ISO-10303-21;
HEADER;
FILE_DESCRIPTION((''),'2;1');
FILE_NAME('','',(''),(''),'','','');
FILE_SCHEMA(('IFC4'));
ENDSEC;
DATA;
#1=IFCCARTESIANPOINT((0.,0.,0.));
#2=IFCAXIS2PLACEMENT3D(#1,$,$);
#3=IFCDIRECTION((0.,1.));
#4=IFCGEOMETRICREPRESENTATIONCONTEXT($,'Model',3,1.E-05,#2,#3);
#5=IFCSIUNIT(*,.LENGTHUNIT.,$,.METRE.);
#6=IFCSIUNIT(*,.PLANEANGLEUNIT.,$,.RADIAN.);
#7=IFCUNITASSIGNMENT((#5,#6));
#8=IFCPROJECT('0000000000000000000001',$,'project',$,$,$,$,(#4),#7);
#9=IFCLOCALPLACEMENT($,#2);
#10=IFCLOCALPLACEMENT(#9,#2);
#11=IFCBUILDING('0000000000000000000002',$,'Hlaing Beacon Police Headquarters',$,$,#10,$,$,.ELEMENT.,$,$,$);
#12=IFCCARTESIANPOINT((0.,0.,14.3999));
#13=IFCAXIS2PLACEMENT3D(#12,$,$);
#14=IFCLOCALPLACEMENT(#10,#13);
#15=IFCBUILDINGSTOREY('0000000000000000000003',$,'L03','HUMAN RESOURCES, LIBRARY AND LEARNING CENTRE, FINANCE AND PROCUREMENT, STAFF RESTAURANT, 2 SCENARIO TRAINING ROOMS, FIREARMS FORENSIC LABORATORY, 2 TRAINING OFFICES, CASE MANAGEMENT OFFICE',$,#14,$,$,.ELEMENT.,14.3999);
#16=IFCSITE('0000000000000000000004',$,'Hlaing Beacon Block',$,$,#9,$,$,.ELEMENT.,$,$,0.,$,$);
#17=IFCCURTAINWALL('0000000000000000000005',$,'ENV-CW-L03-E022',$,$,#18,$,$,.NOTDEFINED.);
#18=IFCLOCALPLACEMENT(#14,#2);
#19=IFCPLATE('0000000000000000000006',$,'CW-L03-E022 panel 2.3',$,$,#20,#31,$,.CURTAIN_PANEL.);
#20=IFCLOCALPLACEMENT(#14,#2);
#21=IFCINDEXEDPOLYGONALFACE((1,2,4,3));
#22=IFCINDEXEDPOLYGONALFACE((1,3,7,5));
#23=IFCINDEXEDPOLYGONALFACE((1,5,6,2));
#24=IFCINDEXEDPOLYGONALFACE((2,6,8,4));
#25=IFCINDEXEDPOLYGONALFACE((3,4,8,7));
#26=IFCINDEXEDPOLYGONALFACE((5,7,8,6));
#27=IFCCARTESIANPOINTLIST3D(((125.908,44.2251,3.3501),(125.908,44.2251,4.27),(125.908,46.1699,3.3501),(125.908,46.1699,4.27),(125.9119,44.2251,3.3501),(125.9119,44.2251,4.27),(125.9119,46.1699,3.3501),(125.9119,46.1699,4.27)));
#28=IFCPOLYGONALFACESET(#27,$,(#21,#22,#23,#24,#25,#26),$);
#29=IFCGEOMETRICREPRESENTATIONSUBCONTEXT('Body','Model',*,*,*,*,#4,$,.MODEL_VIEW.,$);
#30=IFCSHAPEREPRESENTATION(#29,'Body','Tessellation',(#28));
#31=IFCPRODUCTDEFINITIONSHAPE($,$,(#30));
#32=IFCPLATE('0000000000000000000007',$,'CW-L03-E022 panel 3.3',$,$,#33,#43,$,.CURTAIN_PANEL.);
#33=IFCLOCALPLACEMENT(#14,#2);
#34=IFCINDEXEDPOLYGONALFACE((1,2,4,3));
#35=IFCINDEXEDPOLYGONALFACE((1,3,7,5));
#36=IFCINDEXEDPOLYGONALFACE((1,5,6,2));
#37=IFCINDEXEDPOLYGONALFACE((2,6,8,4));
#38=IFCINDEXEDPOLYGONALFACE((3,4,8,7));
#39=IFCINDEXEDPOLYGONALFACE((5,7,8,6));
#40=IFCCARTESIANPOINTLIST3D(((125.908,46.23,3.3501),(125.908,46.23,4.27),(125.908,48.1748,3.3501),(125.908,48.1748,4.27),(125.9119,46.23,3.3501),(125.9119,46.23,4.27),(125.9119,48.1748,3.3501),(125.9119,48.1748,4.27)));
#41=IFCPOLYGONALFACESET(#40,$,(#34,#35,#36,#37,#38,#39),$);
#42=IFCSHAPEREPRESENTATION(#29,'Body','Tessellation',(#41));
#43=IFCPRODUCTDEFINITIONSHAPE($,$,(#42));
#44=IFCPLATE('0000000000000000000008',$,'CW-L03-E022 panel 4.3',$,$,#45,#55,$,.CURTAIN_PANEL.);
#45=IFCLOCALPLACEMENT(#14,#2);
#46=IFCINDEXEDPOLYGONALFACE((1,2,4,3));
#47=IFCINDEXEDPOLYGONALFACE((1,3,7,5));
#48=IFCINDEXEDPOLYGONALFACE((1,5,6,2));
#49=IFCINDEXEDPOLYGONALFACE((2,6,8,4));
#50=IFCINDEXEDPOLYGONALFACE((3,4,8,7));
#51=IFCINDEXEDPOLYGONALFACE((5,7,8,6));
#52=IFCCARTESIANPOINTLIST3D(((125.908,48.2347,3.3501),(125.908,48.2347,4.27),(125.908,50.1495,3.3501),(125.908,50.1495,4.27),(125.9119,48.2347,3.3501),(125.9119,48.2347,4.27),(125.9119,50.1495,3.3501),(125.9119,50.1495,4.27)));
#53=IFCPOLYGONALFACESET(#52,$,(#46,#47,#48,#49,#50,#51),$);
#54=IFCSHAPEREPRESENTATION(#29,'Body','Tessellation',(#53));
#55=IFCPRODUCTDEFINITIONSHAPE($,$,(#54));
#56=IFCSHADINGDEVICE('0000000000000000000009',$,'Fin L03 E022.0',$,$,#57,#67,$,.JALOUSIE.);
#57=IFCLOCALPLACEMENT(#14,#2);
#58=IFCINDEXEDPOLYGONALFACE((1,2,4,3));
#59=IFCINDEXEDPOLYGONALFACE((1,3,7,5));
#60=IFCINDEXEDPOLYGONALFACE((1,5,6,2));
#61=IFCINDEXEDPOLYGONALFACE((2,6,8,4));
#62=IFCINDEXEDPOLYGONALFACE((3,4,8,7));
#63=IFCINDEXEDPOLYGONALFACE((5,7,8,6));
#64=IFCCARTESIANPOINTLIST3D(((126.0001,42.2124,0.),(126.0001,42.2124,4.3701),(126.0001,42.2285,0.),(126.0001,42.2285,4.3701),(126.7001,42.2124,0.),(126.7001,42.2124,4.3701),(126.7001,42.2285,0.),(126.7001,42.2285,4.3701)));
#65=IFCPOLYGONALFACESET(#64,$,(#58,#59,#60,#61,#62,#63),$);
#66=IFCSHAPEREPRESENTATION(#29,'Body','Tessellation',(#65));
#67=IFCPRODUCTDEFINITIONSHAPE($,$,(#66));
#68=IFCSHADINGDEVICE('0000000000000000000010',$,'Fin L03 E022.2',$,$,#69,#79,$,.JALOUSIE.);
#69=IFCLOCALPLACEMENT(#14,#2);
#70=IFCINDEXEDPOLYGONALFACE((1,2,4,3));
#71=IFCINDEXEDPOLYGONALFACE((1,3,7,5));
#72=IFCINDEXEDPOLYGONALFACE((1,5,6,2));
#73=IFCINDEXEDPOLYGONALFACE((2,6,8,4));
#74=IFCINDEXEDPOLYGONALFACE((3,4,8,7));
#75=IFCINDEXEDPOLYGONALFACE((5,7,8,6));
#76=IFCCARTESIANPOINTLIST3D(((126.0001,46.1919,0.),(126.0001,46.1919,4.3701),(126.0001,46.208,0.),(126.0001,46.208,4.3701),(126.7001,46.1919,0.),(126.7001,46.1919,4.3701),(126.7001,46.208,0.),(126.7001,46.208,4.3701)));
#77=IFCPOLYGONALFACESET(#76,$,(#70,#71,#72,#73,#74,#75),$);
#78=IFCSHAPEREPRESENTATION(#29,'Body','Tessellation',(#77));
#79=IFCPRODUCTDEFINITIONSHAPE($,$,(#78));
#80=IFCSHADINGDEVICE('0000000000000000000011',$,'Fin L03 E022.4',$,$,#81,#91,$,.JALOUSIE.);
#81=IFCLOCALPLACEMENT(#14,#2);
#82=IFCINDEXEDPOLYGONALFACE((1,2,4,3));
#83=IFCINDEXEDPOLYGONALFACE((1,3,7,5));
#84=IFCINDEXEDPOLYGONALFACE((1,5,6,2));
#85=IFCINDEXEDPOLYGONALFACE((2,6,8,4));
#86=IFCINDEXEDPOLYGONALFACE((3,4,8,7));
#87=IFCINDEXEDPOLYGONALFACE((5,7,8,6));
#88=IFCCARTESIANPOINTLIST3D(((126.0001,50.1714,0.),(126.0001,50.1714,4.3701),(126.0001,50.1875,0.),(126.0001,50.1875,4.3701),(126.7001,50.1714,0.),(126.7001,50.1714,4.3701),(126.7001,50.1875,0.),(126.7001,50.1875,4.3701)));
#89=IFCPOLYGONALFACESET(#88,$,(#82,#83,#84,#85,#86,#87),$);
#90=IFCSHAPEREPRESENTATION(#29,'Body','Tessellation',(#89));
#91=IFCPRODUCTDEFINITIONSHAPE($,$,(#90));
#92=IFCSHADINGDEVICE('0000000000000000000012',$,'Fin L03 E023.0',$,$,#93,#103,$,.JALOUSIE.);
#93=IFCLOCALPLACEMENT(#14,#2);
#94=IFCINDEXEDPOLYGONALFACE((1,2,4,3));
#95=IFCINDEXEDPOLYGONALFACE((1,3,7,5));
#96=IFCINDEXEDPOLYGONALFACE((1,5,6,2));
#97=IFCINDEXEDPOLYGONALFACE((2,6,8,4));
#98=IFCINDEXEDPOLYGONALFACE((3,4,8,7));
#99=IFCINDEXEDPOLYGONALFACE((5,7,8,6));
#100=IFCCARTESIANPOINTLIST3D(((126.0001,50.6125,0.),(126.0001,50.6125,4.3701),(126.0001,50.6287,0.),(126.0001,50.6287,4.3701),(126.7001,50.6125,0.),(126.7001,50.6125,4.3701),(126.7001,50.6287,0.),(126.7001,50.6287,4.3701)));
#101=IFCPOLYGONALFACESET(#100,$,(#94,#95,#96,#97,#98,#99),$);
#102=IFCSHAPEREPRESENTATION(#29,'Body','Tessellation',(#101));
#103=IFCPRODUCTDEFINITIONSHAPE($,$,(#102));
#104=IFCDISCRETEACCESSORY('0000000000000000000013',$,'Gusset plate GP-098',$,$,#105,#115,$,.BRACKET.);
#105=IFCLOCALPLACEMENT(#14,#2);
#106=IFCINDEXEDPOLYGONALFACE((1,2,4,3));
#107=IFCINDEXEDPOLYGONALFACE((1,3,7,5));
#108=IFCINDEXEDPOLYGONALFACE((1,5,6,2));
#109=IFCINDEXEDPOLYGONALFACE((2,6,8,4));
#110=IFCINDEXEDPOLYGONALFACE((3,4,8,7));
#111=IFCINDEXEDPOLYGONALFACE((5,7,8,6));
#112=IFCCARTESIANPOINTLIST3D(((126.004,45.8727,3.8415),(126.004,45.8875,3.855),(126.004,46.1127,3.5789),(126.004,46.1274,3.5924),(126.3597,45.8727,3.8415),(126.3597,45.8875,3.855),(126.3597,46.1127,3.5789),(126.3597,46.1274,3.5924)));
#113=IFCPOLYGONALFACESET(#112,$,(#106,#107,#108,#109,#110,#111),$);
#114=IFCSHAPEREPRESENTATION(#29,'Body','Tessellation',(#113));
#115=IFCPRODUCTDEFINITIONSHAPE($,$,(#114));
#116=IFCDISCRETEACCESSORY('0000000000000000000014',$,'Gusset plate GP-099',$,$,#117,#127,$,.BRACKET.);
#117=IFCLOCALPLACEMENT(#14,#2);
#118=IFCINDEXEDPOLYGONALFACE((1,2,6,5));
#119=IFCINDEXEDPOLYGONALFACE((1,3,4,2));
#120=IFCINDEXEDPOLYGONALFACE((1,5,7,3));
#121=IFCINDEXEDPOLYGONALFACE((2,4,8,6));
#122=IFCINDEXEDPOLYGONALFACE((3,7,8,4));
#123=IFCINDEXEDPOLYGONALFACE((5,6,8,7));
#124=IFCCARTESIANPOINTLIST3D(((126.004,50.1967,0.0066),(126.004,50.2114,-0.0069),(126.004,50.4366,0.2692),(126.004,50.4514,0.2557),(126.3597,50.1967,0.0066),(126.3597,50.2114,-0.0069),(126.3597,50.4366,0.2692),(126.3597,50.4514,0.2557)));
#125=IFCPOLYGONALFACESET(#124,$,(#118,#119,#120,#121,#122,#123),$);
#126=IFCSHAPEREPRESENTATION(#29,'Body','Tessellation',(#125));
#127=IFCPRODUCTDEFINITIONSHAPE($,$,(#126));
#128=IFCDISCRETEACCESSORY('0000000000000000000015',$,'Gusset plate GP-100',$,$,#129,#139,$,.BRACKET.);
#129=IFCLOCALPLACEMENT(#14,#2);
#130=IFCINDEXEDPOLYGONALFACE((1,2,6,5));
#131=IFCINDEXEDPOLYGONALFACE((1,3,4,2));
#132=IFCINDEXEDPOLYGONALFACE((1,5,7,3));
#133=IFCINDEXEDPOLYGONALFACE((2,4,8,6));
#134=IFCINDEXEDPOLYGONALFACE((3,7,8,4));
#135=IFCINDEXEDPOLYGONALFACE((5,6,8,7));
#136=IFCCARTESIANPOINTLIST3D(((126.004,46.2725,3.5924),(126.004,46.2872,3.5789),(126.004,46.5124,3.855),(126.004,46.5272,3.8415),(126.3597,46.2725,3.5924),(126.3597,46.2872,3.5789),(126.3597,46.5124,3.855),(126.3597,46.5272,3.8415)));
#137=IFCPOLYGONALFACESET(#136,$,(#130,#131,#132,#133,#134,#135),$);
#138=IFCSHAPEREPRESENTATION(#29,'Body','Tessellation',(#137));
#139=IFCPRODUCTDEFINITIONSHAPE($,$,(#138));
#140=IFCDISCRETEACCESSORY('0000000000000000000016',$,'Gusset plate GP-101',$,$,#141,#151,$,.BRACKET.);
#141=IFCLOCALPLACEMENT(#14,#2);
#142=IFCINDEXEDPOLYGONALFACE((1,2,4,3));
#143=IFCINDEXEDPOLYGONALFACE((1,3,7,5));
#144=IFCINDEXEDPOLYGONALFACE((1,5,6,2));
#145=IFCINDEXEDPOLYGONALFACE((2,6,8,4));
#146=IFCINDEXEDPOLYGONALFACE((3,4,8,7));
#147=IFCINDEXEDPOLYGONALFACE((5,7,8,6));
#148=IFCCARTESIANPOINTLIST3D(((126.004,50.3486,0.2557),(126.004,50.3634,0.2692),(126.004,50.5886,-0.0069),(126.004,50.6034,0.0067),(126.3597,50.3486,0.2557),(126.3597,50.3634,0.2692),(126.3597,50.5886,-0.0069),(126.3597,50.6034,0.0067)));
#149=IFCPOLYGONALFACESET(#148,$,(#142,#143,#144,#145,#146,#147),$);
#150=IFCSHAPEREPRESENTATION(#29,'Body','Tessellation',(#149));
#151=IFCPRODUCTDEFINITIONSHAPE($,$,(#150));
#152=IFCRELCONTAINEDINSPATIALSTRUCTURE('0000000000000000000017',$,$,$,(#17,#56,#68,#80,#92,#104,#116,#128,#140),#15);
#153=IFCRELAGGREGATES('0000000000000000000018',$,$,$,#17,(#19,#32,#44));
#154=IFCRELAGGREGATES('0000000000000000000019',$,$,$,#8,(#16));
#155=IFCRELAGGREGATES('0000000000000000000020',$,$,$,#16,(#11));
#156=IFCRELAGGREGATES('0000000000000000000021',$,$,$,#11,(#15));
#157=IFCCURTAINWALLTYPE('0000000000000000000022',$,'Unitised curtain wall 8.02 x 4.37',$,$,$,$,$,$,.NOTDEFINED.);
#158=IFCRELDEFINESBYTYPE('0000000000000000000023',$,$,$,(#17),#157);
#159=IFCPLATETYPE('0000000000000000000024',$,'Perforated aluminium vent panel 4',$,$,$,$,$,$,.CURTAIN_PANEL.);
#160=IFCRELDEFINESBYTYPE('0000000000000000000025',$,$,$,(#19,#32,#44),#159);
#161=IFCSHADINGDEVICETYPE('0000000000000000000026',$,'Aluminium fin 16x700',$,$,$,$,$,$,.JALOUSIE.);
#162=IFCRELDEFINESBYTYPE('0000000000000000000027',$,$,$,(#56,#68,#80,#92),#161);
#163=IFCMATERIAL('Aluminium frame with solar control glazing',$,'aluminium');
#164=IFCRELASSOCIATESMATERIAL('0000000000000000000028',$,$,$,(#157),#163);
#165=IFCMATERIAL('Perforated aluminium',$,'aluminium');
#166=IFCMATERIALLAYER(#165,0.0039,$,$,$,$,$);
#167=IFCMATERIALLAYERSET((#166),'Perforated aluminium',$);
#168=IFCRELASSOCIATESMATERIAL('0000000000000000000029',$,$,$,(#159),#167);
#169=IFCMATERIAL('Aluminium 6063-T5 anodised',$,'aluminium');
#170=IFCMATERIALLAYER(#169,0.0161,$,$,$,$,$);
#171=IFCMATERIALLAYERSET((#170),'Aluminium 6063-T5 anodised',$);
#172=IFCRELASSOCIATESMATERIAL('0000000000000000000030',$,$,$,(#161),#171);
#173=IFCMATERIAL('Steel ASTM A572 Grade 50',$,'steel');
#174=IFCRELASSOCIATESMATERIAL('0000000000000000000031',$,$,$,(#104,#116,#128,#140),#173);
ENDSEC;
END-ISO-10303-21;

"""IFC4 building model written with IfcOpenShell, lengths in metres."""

from ifc_helpers import new_model, si_unit, direction, frame, origin, origin_2d, place, context, subcontext, project, spatial, rectangle, extrude, material, layer, layer_set, type_object, element, aggregate, save


model = new_model("IFC4")

# Units and contexts
model_context = context("Model", 3, precision=1e-05, world=origin(), true_north=direction((0.0, 1.0)))
body_context = subcontext(model_context, "Body", "Model", "MODEL_VIEW")
ifc_project = project(units=[si_unit("LENGTHUNIT", "METRE"), si_unit("PLANEANGLEUNIT", "RADIAN")], contexts=[model_context])

# Site, building, storey
site_placement = place(None, origin())
site = spatial("IfcSite", under=ifc_project, at=site_placement, Name="Hlaing Beacon Block", CompositionType="ELEMENT", RefElevation=0.0)
building_placement = place(site_placement, origin())
building = spatial("IfcBuilding", under=site, at=building_placement, Name="Hlaing Beacon Police Headquarters", CompositionType="ELEMENT")
storey_placement = place(building_placement, frame((0.0, 0.0, 14.3999)))
storey = spatial("IfcBuildingStorey", under=building, at=storey_placement, Name="L03", Description="HUMAN RESOURCES, LIBRARY AND LEARNING CENTRE, FINANCE AND PROCUREMENT, STAFF RESTAURANT, 2 SCENARIO TRAINING ROOMS, FIREARMS FORENSIC LABORATORY, 2 TRAINING OFFICES, CASE MANAGEMENT OFFICE", CompositionType="ELEMENT", Elevation=14.3999)

# Curtain wall
ifc_material_1 = material(Name="Aluminium frame with solar control glazing", Category="aluminium")
curtain_wall_type = type_object("IfcCurtainWallType", Name="Unitised curtain wall 8.02 x 4.37", PredefinedType="NOTDEFINED", material=ifc_material_1)
curtain_wall_1_placement = place(storey_placement, origin())
curtain_wall_1 = element("IfcCurtainWall", 1, at=curtain_wall_1_placement, inside=storey, type_object=curtain_wall_type, Name="ENV-CW-L03-E022", PredefinedType="NOTDEFINED")

# Plates
ifc_material_2 = material(Name="Perforated aluminium", Category="aluminium")
ifc_layer_1 = layer(ifc_material_2, 0.0039)
ifc_layer_set_1 = layer_set([ifc_layer_1], Name="Perforated aluminium")
plate_type_1 = type_object("IfcPlateType", Name="Perforated aluminium vent panel 4", PredefinedType="CURTAIN_PANEL", material=ifc_layer_set_1)
plate_1_placement = place(storey_placement, frame((125.9099, 45.1975, 3.3501), z_axis=(0.0, 0.0, 1.0), x_axis=(0.0, 1.0, 0.0)))
plate_1 = element("IfcPlate", 2, at=plate_1_placement, type_object=plate_type_1, Name="CW-L03-E022 panel 2.3", PredefinedType="CURTAIN_PANEL", context=body_context, shape_type="SweptSolid", body=[
    extrude(rectangle(XDim=1.9448, YDim=0.0039, at=origin_2d()), origin(), (0.0, 0.0, 1.0), 0.9199),
])
plate_2_placement = place(storey_placement, frame((125.9099, 47.2024, 3.3501), z_axis=(0.0, 0.0, 1.0), x_axis=(0.0, 1.0, 0.0)))
plate_2 = element("IfcPlate", 3, at=plate_2_placement, type_object=plate_type_1, Name="CW-L03-E022 panel 3.3", PredefinedType="CURTAIN_PANEL", context=body_context, shape_type="SweptSolid", body=[
    extrude(rectangle(XDim=1.9448, YDim=0.0039, at=origin_2d()), origin(), (0.0, 0.0, 1.0), 0.9199),
])
plate_3_placement = place(storey_placement, frame((125.9099, 49.1921, 3.3501), z_axis=(0.0, 0.0, 1.0), x_axis=(0.0, 1.0, 0.0)))
plate_3 = element("IfcPlate", 4, at=plate_3_placement, type_object=plate_type_1, Name="CW-L03-E022 panel 4.3", PredefinedType="CURTAIN_PANEL", context=body_context, shape_type="SweptSolid", body=[
    extrude(rectangle(XDim=1.9148, YDim=0.0039, at=origin_2d()), origin(), (0.0, 0.0, 1.0), 0.9199),
])
aggregate(curtain_wall_1, [plate_1, plate_2, plate_3])

# Shading devices
ifc_material_3 = material(Name="Aluminium 6063-T5 anodised", Category="aluminium")
ifc_layer_2 = layer(ifc_material_3, 0.0161)
ifc_layer_set_2 = layer_set([ifc_layer_2], Name="Aluminium 6063-T5 anodised")
shading_device_type = type_object("IfcShadingDeviceType", Name="Aluminium fin 16x700", PredefinedType="JALOUSIE", material=ifc_layer_set_2)
for number, where, z_axis, x_axis, name in (
    (5, (126.3501, 42.2205, 0.0), (0.0, 0.0, 1.0), (0.0, 1.0, 0.0), "Fin L03 E022.0"),
    (6, (126.3501, 46.2, 0.0), (0.0, 0.0, 1.0), (0.0, 1.0, 0.0), "Fin L03 E022.2"),
    (7, (126.3501, 50.1794, 0.0), (0.0, 0.0, 1.0), (0.0, 1.0, 0.0), "Fin L03 E022.4"),
    (8, (126.3501, 50.6206, 0.0), (0.0, 0.0, 1.0), (0.0, 1.0, 0.0), "Fin L03 E023.0"),
):
    element("IfcShadingDevice", number, at=place(storey_placement, frame(where, z_axis=z_axis, x_axis=x_axis)), inside=storey, type_object=shading_device_type, Name=name, PredefinedType="JALOUSIE", context=body_context, shape_type="SweptSolid", body=[
        extrude(rectangle(XDim=0.0161, YDim=0.7, at=origin_2d()), origin(), (0.0, 0.0, 1.0), 4.3701),
    ])

# Discrete accessories
ifc_material_4 = material(Name="Steel ASTM A572 Grade 50", Category="steel")
for number, where, z_axis, x_axis, name in (
    (9, (126.1819, 45.9927, 3.7102), (0.0, 0.738196, 0.674586), (-1.0, 0.0, 0.0), "Gusset plate GP-098"),
    (10, (126.1819, 50.3167, 0.1379), (0.0, 0.738196, -0.674586), (-1.0, 0.0, 0.0), "Gusset plate GP-099"),
    (11, (126.1819, 46.4072, 3.7102), (0.0, -0.738196, 0.674586), (1.0, 0.0, 0.0), "Gusset plate GP-100"),
    (12, (126.1819, 50.4834, 0.1379), (0.0, -0.738175, -0.674609), (1.0, 0.0, 0.0), "Gusset plate GP-101"),
):
    element("IfcDiscreteAccessory", number, at=place(storey_placement, frame(where, z_axis=z_axis, x_axis=x_axis)), inside=storey, material=ifc_material_4, Name=name, PredefinedType="BRACKET", context=body_context, shape_type="SweptSolid", body=[
        extrude(rectangle(XDim=0.3557, YDim=0.3557, at=origin_2d()), origin(), (0.0, 0.0, 1.0), 0.02),
    ])

save(model, "model.ifc")
